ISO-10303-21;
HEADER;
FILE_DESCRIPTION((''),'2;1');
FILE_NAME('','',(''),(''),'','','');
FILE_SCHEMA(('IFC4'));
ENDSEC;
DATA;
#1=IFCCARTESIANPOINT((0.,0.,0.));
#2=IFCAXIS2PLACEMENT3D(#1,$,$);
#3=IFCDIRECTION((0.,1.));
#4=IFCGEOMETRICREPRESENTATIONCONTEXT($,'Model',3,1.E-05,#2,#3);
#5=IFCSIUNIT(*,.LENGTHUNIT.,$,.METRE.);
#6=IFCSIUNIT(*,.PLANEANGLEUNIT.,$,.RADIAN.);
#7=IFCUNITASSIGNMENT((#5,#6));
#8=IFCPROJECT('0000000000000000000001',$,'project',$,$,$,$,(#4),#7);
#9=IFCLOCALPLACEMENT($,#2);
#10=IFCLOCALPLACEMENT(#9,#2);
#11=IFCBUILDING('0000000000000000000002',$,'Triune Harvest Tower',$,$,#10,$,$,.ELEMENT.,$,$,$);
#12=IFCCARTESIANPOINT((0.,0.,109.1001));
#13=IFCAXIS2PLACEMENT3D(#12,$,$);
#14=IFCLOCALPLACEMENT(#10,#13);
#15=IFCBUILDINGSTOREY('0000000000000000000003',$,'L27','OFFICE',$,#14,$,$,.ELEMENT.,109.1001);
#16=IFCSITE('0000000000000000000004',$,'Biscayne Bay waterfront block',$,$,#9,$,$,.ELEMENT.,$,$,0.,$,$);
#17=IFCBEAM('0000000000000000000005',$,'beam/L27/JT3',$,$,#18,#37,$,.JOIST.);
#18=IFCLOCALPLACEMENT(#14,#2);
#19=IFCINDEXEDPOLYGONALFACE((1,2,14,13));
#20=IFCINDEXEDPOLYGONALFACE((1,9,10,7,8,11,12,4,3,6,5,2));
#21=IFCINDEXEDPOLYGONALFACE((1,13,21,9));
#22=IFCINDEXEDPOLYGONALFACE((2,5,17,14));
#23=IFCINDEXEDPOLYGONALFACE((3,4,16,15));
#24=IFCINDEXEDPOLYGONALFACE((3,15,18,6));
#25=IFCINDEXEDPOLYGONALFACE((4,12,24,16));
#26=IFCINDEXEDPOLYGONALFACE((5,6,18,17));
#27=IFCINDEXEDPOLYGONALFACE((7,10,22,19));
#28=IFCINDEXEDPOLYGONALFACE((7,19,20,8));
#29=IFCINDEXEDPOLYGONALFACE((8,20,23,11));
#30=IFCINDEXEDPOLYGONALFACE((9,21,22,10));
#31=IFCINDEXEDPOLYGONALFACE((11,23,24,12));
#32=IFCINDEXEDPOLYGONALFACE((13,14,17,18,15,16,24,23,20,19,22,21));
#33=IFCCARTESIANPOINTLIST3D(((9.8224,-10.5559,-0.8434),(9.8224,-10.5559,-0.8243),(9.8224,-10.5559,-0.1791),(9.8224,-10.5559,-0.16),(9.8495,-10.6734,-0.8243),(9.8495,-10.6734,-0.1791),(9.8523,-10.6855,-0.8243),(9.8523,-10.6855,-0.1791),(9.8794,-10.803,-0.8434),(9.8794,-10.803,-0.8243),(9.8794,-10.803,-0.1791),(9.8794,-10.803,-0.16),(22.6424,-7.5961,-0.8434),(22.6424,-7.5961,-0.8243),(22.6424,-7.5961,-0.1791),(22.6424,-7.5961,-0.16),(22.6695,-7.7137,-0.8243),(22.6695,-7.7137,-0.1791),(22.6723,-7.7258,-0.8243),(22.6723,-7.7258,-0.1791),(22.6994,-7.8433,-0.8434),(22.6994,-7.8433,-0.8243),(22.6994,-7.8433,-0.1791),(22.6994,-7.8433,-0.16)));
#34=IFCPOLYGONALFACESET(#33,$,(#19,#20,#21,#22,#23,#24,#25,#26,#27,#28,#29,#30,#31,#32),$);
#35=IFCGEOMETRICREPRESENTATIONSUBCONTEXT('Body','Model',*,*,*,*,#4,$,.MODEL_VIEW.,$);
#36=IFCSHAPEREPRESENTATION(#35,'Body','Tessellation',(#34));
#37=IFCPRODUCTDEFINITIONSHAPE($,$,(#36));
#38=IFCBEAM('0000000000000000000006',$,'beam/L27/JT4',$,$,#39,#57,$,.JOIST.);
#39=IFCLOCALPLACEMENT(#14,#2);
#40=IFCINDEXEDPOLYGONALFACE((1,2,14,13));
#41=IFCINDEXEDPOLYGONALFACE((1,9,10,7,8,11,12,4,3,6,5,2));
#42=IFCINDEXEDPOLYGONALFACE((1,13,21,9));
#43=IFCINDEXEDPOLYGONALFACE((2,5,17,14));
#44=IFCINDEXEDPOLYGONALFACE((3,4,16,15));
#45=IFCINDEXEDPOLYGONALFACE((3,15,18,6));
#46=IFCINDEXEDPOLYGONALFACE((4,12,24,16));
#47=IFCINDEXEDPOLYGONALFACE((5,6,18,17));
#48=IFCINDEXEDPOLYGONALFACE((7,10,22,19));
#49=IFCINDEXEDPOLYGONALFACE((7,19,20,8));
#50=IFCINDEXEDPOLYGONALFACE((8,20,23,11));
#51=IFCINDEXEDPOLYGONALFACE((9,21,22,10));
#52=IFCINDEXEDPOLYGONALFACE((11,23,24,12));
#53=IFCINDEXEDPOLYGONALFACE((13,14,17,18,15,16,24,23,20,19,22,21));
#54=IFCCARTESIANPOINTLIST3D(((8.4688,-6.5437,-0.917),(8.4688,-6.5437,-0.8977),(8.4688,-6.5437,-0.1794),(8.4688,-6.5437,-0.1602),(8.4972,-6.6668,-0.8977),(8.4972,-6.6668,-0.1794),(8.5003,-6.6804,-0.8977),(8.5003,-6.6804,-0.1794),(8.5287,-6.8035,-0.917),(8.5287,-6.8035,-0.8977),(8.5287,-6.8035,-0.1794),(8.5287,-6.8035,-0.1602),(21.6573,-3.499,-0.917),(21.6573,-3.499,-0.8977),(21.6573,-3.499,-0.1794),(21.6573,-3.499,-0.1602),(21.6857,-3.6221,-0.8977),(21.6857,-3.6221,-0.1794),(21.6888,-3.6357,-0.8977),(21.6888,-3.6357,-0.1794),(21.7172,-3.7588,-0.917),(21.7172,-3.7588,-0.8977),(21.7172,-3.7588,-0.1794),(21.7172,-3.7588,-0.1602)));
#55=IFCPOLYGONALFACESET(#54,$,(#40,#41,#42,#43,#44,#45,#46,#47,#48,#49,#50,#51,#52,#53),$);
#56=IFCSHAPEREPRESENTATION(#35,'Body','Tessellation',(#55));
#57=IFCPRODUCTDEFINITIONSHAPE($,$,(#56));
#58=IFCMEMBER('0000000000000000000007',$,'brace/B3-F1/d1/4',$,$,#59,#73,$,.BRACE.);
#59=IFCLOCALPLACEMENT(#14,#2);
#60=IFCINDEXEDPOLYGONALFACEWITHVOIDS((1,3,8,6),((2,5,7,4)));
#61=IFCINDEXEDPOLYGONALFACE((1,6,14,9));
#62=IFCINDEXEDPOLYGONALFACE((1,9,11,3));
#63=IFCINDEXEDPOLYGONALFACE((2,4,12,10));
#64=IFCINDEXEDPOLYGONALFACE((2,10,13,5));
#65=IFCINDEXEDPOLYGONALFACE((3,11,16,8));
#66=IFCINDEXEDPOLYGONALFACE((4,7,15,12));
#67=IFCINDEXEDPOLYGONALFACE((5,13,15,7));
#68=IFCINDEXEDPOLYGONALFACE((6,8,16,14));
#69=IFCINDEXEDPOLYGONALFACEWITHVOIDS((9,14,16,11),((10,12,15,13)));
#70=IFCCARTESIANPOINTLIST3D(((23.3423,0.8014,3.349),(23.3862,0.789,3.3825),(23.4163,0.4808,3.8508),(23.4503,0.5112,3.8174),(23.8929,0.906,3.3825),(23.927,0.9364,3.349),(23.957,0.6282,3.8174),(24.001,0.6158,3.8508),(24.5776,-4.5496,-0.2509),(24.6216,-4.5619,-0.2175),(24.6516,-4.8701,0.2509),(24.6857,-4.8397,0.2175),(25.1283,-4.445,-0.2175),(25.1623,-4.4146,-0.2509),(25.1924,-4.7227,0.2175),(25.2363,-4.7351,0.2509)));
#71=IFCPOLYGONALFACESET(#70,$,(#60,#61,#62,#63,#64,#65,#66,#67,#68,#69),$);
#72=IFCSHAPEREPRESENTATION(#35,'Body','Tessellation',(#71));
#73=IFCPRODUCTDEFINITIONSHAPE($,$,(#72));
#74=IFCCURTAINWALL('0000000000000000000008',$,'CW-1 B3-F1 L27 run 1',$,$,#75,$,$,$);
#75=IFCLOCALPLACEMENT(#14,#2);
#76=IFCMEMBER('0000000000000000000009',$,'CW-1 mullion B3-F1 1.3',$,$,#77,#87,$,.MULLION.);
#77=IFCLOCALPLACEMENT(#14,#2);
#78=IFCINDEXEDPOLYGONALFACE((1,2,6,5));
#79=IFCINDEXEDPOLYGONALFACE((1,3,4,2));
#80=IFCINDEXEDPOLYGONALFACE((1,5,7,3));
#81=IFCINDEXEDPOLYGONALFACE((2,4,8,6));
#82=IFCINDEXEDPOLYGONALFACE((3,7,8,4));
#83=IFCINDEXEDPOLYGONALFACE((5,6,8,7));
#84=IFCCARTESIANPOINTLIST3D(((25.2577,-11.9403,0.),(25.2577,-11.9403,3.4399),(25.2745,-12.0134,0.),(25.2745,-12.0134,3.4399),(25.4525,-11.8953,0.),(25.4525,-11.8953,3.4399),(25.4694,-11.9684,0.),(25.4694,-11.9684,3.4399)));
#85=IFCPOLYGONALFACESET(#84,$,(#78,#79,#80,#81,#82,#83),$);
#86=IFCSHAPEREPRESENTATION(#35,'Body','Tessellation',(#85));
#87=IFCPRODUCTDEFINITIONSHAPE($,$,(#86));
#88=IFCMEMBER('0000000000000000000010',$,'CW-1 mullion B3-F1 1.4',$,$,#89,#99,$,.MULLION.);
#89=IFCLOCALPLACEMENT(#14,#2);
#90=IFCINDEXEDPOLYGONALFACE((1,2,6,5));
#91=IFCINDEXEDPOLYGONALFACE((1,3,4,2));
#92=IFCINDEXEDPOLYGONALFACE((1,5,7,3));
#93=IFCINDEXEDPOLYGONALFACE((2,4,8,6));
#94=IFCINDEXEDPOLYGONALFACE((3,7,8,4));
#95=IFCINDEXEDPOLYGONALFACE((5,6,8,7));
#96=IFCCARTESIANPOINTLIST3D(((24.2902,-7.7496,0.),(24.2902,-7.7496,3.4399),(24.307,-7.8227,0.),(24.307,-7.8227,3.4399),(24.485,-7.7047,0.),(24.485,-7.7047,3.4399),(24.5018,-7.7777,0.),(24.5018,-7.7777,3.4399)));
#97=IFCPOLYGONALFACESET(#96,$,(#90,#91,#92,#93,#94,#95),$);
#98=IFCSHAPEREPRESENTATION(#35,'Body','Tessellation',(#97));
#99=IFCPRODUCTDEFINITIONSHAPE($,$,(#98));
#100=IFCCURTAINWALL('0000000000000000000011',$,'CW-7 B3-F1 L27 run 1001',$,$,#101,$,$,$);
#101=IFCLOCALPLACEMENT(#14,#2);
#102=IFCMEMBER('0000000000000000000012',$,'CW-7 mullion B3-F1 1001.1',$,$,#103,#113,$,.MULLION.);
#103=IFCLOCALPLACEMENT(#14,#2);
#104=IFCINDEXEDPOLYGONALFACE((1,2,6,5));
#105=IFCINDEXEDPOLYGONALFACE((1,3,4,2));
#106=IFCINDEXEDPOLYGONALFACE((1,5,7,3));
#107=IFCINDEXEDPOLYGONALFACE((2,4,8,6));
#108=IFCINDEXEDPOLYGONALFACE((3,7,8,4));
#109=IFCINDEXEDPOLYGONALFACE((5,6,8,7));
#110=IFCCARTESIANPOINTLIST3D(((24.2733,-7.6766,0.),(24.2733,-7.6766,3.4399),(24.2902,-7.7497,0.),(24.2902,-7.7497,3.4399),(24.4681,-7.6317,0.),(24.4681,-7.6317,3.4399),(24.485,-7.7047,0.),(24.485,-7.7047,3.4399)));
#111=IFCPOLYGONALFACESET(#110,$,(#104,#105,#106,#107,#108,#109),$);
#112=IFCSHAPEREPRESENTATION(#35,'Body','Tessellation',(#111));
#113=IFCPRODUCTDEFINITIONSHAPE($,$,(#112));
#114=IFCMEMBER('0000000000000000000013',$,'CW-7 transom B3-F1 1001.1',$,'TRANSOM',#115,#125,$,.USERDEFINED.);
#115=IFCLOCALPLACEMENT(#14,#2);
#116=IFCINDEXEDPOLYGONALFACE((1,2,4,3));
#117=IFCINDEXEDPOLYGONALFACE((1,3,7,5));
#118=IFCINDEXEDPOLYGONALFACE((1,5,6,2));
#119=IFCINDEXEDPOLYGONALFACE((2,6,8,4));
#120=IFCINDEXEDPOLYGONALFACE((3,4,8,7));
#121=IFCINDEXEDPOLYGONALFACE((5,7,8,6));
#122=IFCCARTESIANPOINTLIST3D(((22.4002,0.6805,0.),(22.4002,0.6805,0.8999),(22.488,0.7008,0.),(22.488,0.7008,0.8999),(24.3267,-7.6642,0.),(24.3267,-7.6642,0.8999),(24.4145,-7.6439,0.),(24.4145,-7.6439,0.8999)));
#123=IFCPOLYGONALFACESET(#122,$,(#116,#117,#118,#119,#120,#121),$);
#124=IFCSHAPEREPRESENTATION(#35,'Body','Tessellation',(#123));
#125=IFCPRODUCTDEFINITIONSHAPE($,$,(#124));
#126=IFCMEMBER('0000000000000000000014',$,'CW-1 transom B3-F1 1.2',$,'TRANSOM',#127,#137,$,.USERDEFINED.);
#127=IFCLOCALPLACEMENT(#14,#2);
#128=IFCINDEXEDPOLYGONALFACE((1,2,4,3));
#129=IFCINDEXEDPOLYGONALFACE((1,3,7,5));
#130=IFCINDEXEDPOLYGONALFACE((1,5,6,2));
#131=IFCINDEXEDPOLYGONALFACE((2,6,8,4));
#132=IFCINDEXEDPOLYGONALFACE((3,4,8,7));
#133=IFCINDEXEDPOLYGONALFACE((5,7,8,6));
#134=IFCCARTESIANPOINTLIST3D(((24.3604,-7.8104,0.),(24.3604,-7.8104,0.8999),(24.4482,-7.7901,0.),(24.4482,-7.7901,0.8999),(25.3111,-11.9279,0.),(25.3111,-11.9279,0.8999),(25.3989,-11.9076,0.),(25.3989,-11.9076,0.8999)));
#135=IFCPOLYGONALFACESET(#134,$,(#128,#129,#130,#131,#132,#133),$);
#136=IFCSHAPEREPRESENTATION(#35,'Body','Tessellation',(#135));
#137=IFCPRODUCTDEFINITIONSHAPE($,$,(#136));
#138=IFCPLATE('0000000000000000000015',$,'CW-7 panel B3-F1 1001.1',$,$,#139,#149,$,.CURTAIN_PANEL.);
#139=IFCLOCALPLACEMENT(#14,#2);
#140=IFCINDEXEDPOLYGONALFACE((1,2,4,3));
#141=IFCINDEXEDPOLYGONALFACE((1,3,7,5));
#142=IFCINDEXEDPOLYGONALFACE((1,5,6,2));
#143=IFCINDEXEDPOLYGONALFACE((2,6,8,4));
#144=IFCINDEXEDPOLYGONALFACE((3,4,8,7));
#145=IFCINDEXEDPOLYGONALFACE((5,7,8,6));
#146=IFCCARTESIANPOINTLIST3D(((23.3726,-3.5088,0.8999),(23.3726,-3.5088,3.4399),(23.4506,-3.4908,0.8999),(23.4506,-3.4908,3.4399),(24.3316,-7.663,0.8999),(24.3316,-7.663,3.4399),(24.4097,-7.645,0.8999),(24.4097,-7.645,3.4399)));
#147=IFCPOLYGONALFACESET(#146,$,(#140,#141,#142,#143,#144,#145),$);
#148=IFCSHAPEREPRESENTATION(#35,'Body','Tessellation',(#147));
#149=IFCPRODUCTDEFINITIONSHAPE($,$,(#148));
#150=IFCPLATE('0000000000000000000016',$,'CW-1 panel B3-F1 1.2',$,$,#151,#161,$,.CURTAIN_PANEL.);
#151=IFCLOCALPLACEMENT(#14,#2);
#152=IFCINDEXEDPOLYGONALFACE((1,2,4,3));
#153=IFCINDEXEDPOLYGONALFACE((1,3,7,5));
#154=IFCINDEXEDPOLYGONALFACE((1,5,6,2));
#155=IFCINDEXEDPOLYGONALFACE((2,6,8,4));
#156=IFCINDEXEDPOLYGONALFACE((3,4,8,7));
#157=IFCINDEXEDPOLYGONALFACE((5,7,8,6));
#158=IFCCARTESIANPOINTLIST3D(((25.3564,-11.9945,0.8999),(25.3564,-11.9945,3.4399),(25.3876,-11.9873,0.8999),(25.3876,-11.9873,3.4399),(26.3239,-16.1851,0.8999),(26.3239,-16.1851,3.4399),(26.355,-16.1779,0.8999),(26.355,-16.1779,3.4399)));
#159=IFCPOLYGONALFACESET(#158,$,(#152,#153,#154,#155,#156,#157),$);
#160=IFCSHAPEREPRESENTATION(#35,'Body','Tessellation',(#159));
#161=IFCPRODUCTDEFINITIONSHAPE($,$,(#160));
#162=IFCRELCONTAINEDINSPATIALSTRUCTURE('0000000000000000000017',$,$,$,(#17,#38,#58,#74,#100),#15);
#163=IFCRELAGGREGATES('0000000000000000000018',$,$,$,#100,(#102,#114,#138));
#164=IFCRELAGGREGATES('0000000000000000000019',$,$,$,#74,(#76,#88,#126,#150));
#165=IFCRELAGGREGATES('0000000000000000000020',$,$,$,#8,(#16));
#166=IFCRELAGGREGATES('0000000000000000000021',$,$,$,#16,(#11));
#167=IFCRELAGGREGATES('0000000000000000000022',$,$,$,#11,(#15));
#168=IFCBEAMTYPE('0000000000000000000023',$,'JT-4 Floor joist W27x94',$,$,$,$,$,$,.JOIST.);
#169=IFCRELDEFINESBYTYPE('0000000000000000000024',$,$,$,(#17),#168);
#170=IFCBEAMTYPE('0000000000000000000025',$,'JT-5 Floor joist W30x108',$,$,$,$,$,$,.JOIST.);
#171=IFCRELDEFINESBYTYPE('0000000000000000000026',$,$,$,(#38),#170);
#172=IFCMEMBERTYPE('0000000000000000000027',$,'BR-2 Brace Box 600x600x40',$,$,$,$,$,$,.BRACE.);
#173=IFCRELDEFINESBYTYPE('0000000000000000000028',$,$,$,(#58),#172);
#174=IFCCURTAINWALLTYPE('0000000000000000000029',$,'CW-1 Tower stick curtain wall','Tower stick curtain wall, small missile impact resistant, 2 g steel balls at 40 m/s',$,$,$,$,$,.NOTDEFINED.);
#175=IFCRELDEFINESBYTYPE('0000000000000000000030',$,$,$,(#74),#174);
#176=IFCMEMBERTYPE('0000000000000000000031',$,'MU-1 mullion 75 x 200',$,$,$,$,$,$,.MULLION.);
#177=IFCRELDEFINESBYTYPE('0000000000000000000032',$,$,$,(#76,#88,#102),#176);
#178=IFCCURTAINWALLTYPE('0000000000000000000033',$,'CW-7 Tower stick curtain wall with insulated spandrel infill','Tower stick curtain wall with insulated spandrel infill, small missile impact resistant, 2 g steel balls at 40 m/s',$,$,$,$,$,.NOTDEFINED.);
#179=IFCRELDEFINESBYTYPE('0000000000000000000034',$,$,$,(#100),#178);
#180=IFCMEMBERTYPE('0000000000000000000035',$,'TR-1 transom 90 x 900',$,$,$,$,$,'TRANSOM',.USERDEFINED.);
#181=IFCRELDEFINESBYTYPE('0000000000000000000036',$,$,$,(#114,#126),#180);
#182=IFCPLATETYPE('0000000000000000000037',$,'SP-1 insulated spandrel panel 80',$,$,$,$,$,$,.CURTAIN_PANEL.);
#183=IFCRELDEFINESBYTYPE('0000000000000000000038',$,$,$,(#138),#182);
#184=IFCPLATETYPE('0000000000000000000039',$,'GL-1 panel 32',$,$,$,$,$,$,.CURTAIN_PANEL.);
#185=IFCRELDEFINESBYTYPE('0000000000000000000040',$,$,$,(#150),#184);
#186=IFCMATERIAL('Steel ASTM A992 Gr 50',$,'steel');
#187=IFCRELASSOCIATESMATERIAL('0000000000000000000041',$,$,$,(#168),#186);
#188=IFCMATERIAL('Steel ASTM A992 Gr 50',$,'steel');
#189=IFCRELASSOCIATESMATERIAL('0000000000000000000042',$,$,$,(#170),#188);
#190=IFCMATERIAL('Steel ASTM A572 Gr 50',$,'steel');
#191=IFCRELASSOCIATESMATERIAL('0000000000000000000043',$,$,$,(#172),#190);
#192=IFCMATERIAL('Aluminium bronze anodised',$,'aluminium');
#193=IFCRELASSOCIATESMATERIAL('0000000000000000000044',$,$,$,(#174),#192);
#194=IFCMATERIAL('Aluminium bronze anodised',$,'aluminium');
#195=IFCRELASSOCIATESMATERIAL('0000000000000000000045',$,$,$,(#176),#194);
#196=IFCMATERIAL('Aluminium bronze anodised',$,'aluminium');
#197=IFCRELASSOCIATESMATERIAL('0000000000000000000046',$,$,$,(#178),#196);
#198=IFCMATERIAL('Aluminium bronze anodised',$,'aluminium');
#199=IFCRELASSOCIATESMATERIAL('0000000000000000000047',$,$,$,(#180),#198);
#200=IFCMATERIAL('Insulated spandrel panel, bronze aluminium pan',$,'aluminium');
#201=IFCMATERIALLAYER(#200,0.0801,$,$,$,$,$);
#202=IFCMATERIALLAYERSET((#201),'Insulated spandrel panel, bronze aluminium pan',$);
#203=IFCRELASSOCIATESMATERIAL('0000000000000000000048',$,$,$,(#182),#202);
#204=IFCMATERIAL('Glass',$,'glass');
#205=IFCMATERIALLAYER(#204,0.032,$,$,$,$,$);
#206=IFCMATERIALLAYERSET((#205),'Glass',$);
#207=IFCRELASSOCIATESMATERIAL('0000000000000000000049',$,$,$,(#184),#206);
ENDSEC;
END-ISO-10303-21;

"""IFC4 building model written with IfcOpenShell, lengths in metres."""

from ifc_helpers import new_model, si_unit, direction, frame, origin, origin_2d, place, context, subcontext, project, spatial, rectangle, hollow_rectangle, i_section, extrude, source, transform, mapped, material, layer, layer_set, material_profile, profile_set, type_object, element, aggregate, save


model = new_model("IFC4")

# Units and contexts
model_context = context("Model", 3, precision=1e-05, world=origin(), true_north=direction((0.0, 1.0)))
body_context = subcontext(model_context, "Body", "Model", "MODEL_VIEW")
ifc_project = project(units=[si_unit("LENGTHUNIT", "METRE"), si_unit("PLANEANGLEUNIT", "RADIAN")], contexts=[model_context])

# Site, building, storey
site_placement = place(None, origin())
site = spatial("IfcSite", under=ifc_project, at=site_placement, Name="Biscayne Bay waterfront block", CompositionType="ELEMENT", RefElevation=0.0)
building_placement = place(site_placement, origin())
building = spatial("IfcBuilding", under=site, at=building_placement, Name="Triune Harvest Tower", CompositionType="ELEMENT")
storey_placement = place(building_placement, frame((0.0, 0.0, 109.1001)))
storey = spatial("IfcBuildingStorey", under=building, at=storey_placement, Name="L27", Description="OFFICE", CompositionType="ELEMENT", Elevation=109.1001)

# Beams
ifc_material_1 = material(Name="Steel ASTM A992 Gr 50", Category="steel")
ifc_material_profile_1 = material_profile(ifc_material_1, i_section(OverallWidth=0.2537, OverallDepth=0.6833, WebThickness=0.0125, FlangeThickness=0.019, at=origin_2d()), Name="W27x94")
ifc_profile_set_1 = profile_set([ifc_material_profile_1], Name="Steel ASTM A992 Gr 50")
beam_type_1 = type_object("IfcBeamType", Name="JT-4 Floor joist W27x94", PredefinedType="JOIST", material=ifc_profile_set_1)
shared_shape_1 = source(origin(), body_context, "Body", "SweptSolid", [
    extrude(i_section(OverallWidth=0.2537, OverallDepth=0.6833, WebThickness=0.0125, FlangeThickness=0.019, at=origin_2d()), origin(), (0.0, 0.0, 1.0), 13.1572),
])
beam_1_placement = place(storey_placement, frame((22.6709, -7.7197, -0.5017), z_axis=(-0.974371, -0.224949, 0.0), x_axis=(0.224949, -0.974371, 0.0)))
element("IfcBeam", 1, at=beam_1_placement, inside=storey, type_object=beam_type_1, Name="beam/L27/JT3", PredefinedType="JOIST", context=body_context, shape_type="MappedRepresentation", body=[
    mapped(shared_shape_1, transform((0.0, 0.0, 0.0), scale=1.0)),
])
ifc_material_2 = material(Name="Steel ASTM A992 Gr 50", Category="steel")
ifc_material_profile_2 = material_profile(ifc_material_2, i_section(OverallWidth=0.2666, OverallDepth=0.7568, WebThickness=0.0139, FlangeThickness=0.0193, at=origin_2d()), Name="W30x108")
ifc_profile_set_2 = profile_set([ifc_material_profile_2], Name="Steel ASTM A992 Gr 50")
beam_type_2 = type_object("IfcBeamType", Name="JT-5 Floor joist W30x108", PredefinedType="JOIST", material=ifc_profile_set_2)
shared_shape_2 = source(origin(), body_context, "Body", "SweptSolid", [
    extrude(i_section(OverallWidth=0.2666, OverallDepth=0.7568, WebThickness=0.0139, FlangeThickness=0.0193, at=origin_2d()), origin(), (0.0, 0.0, 1.0), 13.5354),
])
beam_2_placement = place(storey_placement, frame((21.6873, -3.6289, -0.5386), z_axis=(-0.974372, -0.224942, 0.0), x_axis=(0.224942, -0.974372, 0.0)))
element("IfcBeam", 2, at=beam_2_placement, inside=storey, type_object=beam_type_2, Name="beam/L27/JT4", PredefinedType="JOIST", context=body_context, shape_type="MappedRepresentation", body=[
    mapped(shared_shape_2, transform((0.0, 0.0, 0.0), scale=1.0)),
])

# Member
ifc_material_3 = material(Name="Steel ASTM A572 Gr 50", Category="steel")
ifc_material_profile_3 = material_profile(ifc_material_3, hollow_rectangle(XDim=0.6001, YDim=0.6001, WallThickness=0.04, at=origin_2d()), Name="Box 600x600x40")
ifc_profile_set_3 = profile_set([ifc_material_profile_3], Name="Steel ASTM A572 Gr 50")
member_type_1 = type_object("IfcMemberType", Name="BR-2 Brace Box 600x600x40", PredefinedType="BRACE", material=ifc_profile_set_3)
shared_shape_3 = source(origin(), body_context, "Body", "SweptSolid", [
    extrude(hollow_rectangle(XDim=0.6001, YDim=0.6001, WallThickness=0.04, at=origin_2d()), origin(), (0.0, 0.0, 1.0), 6.5664),
])
member_1_placement = place(storey_placement, frame((24.907, -4.6423, 0.0), z_axis=(-0.188135, 0.814892, 0.548231), x_axis=(-0.974369, -0.224954, 0.0)))
element("IfcMember", 3, at=member_1_placement, inside=storey, type_object=member_type_1, Name="brace/B3-F1/d1/4", PredefinedType="BRACE", context=body_context, shape_type="MappedRepresentation", body=[
    mapped(shared_shape_3, transform((0.0, 0.0, 0.0), scale=1.0)),
])

# Curtain walls, members
ifc_material_4 = material(Name="Aluminium bronze anodised", Category="aluminium")
curtain_wall_type_1 = type_object("IfcCurtainWallType", Name="CW-1 Tower stick curtain wall", Description="Tower stick curtain wall, small missile impact resistant, 2 g steel balls at 40 m/s", PredefinedType="NOTDEFINED", material=ifc_material_4)
curtain_wall_1_placement = place(storey_placement, origin())
curtain_wall_1 = element("IfcCurtainWall", 4, at=curtain_wall_1_placement, inside=storey, type_object=curtain_wall_type_1, Name="CW-1 B3-F1 L27 run 1")
ifc_material_5 = material(Name="Aluminium bronze anodised", Category="aluminium")
ifc_material_profile_4 = material_profile(ifc_material_5, rectangle(XDim=0.2, YDim=0.075, at=origin_2d()), Name="MU-1 mullion 75 x 200")
ifc_profile_set_4 = profile_set([ifc_material_profile_4], Name="Aluminium bronze anodised")
member_type_2 = type_object("IfcMemberType", Name="MU-1 mullion 75 x 200", PredefinedType="MULLION", material=ifc_profile_set_4)
shared_shape_4 = source(origin(), body_context, "Body", "SweptSolid", [
    extrude(rectangle(XDim=0.2, YDim=0.075, at=origin_2d()), origin(), (0.0, 0.0, 1.0), 3.4399),
])
member_2_placement = place(storey_placement, frame((25.3635, -11.9543, 0.0), z_axis=(0.0, 0.0, 1.0), x_axis=(-0.97437, -0.224951, 0.0)))
member_2 = element("IfcMember", 5, at=member_2_placement, type_object=member_type_2, Name="CW-1 mullion B3-F1 1.3", PredefinedType="MULLION", context=body_context, shape_type="MappedRepresentation", body=[
    mapped(shared_shape_4, transform((0.0, 0.0, 0.0), scale=1.0)),
])
member_3_placement = place(storey_placement, frame((24.396, -7.7637, 0.0), z_axis=(0.0, 0.0, 1.0), x_axis=(-0.97437, -0.224951, 0.0)))
member_3 = element("IfcMember", 6, at=member_3_placement, type_object=member_type_2, Name="CW-1 mullion B3-F1 1.4", PredefinedType="MULLION", context=body_context, shape_type="MappedRepresentation", body=[
    mapped(shared_shape_4, transform((0.0, 0.0, 0.0), scale=1.0)),
])
ifc_material_6 = material(Name="Aluminium bronze anodised", Category="aluminium")
curtain_wall_type_2 = type_object("IfcCurtainWallType", Name="CW-7 Tower stick curtain wall with insulated spandrel infill", Description="Tower stick curtain wall with insulated spandrel infill, small missile impact resistant, 2 g steel balls at 40 m/s", PredefinedType="NOTDEFINED", material=ifc_material_6)
curtain_wall_2_placement = place(storey_placement, origin())
curtain_wall_2 = element("IfcCurtainWall", 7, at=curtain_wall_2_placement, inside=storey, type_object=curtain_wall_type_2, Name="CW-7 B3-F1 L27 run 1001")
member_4_placement = place(storey_placement, frame((24.3792, -7.6907, 0.0), z_axis=(0.0, 0.0, 1.0), x_axis=(-0.97437, -0.224952, 0.0)))
member_4 = element("IfcMember", 8, at=member_4_placement, type_object=member_type_2, Name="CW-7 mullion B3-F1 1001.1", PredefinedType="MULLION", context=body_context, shape_type="MappedRepresentation", body=[
    mapped(shared_shape_4, transform((0.0, 0.0, 0.0), scale=1.0)),
])
ifc_material_7 = material(Name="Aluminium bronze anodised", Category="aluminium")
ifc_material_profile_5 = material_profile(ifc_material_7, rectangle(XDim=0.0901, YDim=0.8999, at=origin_2d()), Name="TR-1 transom 90 x 900")
ifc_profile_set_5 = profile_set([ifc_material_profile_5], Name="Aluminium bronze anodised")
member_type_3 = type_object("IfcMemberType", Name="TR-1 transom 90 x 900", ElementType="TRANSOM", PredefinedType="USERDEFINED", material=ifc_profile_set_5)
shared_shape_5 = source(origin(), body_context, "Body", "SweptSolid", [
    extrude(rectangle(XDim=0.0901, YDim=0.8999, at=origin_2d()), origin(), (0.0, 0.0, 1.0), 8.5642),
])
member_5_placement = place(storey_placement, frame((24.3706, -7.6541, 0.45), z_axis=(-0.224949, 0.974371, 0.0), x_axis=(-0.974371, -0.224949, 0.0)))
member_5 = element("IfcMember", 9, at=member_5_placement, type_object=member_type_3, Name="CW-7 transom B3-F1 1001.1", ObjectType="TRANSOM", PredefinedType="USERDEFINED", context=body_context, shape_type="MappedRepresentation", body=[
    mapped(shared_shape_5, transform((0.0, 0.0, 0.0), scale=1.0)),
])

# Member
shared_shape_6 = source(origin(), body_context, "Body", "SweptSolid", [
    extrude(rectangle(XDim=0.0901, YDim=0.8999, at=origin_2d()), origin(), (0.0, 0.0, 1.0), 4.2258),
])
member_6_placement = place(storey_placement, frame((25.355, -11.9177, 0.45), z_axis=(-0.224973, 0.974365, 0.0), x_axis=(-0.974365, -0.224973, 0.0)))
member_6 = element("IfcMember", 10, at=member_6_placement, type_object=member_type_3, Name="CW-1 transom B3-F1 1.2", ObjectType="TRANSOM", PredefinedType="USERDEFINED", context=body_context, shape_type="MappedRepresentation", body=[
    mapped(shared_shape_6, transform((0.0, 0.0, 0.0), scale=1.0)),
])

# Plates
ifc_material_8 = material(Name="Insulated spandrel panel, bronze aluminium pan", Category="aluminium")
ifc_layer_1 = layer(ifc_material_8, 0.0801)
ifc_layer_set_1 = layer_set([ifc_layer_1], Name="Insulated spandrel panel, bronze aluminium pan")
plate_type_1 = type_object("IfcPlateType", Name="SP-1 insulated spandrel panel 80", PredefinedType="CURTAIN_PANEL", material=ifc_layer_set_1)
shared_shape_7 = source(origin(), body_context, "Body", "SweptSolid", [
    extrude(rectangle(XDim=4.2634, YDim=0.0801, at=origin_2d()), origin(), (0.0, 0.0, 1.0), 2.54),
])
plate_1_placement = place(storey_placement, frame((23.8911, -5.5769, 0.8999), z_axis=(0.0, 0.0, 1.0), x_axis=(-0.224952, 0.97437, 0.0)))
plate_1 = element("IfcPlate", 11, at=plate_1_placement, type_object=plate_type_1, Name="CW-7 panel B3-F1 1001.1", PredefinedType="CURTAIN_PANEL", context=body_context, shape_type="MappedRepresentation", body=[
    mapped(shared_shape_7, transform((0.0, 0.0, 0.0), scale=1.0)),
])
aggregate(curtain_wall_2, [member_4, member_5, plate_1])
ifc_material_9 = material(Name="Glass", Category="glass")
ifc_layer_2 = layer(ifc_material_9, 0.032)
ifc_layer_set_2 = layer_set([ifc_layer_2], Name="Glass")
plate_type_2 = type_object("IfcPlateType", Name="GL-1 panel 32", PredefinedType="CURTAIN_PANEL", material=ifc_layer_set_2)
shared_shape_8 = source(origin(), body_context, "Body", "SweptSolid", [
    extrude(rectangle(XDim=4.3008, YDim=0.032, at=origin_2d()), origin(), (0.0, 0.0, 1.0), 2.54),
])
plate_2_placement = place(storey_placement, frame((25.8557, -14.0862, 0.8999), z_axis=(0.0, 0.0, 1.0), x_axis=(-0.224951, 0.97437, 0.0)))
plate_2 = element("IfcPlate", 12, at=plate_2_placement, type_object=plate_type_2, Name="CW-1 panel B3-F1 1.2", PredefinedType="CURTAIN_PANEL", context=body_context, shape_type="MappedRepresentation", body=[
    mapped(shared_shape_8, transform((0.0, 0.0, 0.0), scale=1.0)),
])
aggregate(curtain_wall_1, [member_2, member_3, member_6, plate_2])

save(model, "model.ifc")
